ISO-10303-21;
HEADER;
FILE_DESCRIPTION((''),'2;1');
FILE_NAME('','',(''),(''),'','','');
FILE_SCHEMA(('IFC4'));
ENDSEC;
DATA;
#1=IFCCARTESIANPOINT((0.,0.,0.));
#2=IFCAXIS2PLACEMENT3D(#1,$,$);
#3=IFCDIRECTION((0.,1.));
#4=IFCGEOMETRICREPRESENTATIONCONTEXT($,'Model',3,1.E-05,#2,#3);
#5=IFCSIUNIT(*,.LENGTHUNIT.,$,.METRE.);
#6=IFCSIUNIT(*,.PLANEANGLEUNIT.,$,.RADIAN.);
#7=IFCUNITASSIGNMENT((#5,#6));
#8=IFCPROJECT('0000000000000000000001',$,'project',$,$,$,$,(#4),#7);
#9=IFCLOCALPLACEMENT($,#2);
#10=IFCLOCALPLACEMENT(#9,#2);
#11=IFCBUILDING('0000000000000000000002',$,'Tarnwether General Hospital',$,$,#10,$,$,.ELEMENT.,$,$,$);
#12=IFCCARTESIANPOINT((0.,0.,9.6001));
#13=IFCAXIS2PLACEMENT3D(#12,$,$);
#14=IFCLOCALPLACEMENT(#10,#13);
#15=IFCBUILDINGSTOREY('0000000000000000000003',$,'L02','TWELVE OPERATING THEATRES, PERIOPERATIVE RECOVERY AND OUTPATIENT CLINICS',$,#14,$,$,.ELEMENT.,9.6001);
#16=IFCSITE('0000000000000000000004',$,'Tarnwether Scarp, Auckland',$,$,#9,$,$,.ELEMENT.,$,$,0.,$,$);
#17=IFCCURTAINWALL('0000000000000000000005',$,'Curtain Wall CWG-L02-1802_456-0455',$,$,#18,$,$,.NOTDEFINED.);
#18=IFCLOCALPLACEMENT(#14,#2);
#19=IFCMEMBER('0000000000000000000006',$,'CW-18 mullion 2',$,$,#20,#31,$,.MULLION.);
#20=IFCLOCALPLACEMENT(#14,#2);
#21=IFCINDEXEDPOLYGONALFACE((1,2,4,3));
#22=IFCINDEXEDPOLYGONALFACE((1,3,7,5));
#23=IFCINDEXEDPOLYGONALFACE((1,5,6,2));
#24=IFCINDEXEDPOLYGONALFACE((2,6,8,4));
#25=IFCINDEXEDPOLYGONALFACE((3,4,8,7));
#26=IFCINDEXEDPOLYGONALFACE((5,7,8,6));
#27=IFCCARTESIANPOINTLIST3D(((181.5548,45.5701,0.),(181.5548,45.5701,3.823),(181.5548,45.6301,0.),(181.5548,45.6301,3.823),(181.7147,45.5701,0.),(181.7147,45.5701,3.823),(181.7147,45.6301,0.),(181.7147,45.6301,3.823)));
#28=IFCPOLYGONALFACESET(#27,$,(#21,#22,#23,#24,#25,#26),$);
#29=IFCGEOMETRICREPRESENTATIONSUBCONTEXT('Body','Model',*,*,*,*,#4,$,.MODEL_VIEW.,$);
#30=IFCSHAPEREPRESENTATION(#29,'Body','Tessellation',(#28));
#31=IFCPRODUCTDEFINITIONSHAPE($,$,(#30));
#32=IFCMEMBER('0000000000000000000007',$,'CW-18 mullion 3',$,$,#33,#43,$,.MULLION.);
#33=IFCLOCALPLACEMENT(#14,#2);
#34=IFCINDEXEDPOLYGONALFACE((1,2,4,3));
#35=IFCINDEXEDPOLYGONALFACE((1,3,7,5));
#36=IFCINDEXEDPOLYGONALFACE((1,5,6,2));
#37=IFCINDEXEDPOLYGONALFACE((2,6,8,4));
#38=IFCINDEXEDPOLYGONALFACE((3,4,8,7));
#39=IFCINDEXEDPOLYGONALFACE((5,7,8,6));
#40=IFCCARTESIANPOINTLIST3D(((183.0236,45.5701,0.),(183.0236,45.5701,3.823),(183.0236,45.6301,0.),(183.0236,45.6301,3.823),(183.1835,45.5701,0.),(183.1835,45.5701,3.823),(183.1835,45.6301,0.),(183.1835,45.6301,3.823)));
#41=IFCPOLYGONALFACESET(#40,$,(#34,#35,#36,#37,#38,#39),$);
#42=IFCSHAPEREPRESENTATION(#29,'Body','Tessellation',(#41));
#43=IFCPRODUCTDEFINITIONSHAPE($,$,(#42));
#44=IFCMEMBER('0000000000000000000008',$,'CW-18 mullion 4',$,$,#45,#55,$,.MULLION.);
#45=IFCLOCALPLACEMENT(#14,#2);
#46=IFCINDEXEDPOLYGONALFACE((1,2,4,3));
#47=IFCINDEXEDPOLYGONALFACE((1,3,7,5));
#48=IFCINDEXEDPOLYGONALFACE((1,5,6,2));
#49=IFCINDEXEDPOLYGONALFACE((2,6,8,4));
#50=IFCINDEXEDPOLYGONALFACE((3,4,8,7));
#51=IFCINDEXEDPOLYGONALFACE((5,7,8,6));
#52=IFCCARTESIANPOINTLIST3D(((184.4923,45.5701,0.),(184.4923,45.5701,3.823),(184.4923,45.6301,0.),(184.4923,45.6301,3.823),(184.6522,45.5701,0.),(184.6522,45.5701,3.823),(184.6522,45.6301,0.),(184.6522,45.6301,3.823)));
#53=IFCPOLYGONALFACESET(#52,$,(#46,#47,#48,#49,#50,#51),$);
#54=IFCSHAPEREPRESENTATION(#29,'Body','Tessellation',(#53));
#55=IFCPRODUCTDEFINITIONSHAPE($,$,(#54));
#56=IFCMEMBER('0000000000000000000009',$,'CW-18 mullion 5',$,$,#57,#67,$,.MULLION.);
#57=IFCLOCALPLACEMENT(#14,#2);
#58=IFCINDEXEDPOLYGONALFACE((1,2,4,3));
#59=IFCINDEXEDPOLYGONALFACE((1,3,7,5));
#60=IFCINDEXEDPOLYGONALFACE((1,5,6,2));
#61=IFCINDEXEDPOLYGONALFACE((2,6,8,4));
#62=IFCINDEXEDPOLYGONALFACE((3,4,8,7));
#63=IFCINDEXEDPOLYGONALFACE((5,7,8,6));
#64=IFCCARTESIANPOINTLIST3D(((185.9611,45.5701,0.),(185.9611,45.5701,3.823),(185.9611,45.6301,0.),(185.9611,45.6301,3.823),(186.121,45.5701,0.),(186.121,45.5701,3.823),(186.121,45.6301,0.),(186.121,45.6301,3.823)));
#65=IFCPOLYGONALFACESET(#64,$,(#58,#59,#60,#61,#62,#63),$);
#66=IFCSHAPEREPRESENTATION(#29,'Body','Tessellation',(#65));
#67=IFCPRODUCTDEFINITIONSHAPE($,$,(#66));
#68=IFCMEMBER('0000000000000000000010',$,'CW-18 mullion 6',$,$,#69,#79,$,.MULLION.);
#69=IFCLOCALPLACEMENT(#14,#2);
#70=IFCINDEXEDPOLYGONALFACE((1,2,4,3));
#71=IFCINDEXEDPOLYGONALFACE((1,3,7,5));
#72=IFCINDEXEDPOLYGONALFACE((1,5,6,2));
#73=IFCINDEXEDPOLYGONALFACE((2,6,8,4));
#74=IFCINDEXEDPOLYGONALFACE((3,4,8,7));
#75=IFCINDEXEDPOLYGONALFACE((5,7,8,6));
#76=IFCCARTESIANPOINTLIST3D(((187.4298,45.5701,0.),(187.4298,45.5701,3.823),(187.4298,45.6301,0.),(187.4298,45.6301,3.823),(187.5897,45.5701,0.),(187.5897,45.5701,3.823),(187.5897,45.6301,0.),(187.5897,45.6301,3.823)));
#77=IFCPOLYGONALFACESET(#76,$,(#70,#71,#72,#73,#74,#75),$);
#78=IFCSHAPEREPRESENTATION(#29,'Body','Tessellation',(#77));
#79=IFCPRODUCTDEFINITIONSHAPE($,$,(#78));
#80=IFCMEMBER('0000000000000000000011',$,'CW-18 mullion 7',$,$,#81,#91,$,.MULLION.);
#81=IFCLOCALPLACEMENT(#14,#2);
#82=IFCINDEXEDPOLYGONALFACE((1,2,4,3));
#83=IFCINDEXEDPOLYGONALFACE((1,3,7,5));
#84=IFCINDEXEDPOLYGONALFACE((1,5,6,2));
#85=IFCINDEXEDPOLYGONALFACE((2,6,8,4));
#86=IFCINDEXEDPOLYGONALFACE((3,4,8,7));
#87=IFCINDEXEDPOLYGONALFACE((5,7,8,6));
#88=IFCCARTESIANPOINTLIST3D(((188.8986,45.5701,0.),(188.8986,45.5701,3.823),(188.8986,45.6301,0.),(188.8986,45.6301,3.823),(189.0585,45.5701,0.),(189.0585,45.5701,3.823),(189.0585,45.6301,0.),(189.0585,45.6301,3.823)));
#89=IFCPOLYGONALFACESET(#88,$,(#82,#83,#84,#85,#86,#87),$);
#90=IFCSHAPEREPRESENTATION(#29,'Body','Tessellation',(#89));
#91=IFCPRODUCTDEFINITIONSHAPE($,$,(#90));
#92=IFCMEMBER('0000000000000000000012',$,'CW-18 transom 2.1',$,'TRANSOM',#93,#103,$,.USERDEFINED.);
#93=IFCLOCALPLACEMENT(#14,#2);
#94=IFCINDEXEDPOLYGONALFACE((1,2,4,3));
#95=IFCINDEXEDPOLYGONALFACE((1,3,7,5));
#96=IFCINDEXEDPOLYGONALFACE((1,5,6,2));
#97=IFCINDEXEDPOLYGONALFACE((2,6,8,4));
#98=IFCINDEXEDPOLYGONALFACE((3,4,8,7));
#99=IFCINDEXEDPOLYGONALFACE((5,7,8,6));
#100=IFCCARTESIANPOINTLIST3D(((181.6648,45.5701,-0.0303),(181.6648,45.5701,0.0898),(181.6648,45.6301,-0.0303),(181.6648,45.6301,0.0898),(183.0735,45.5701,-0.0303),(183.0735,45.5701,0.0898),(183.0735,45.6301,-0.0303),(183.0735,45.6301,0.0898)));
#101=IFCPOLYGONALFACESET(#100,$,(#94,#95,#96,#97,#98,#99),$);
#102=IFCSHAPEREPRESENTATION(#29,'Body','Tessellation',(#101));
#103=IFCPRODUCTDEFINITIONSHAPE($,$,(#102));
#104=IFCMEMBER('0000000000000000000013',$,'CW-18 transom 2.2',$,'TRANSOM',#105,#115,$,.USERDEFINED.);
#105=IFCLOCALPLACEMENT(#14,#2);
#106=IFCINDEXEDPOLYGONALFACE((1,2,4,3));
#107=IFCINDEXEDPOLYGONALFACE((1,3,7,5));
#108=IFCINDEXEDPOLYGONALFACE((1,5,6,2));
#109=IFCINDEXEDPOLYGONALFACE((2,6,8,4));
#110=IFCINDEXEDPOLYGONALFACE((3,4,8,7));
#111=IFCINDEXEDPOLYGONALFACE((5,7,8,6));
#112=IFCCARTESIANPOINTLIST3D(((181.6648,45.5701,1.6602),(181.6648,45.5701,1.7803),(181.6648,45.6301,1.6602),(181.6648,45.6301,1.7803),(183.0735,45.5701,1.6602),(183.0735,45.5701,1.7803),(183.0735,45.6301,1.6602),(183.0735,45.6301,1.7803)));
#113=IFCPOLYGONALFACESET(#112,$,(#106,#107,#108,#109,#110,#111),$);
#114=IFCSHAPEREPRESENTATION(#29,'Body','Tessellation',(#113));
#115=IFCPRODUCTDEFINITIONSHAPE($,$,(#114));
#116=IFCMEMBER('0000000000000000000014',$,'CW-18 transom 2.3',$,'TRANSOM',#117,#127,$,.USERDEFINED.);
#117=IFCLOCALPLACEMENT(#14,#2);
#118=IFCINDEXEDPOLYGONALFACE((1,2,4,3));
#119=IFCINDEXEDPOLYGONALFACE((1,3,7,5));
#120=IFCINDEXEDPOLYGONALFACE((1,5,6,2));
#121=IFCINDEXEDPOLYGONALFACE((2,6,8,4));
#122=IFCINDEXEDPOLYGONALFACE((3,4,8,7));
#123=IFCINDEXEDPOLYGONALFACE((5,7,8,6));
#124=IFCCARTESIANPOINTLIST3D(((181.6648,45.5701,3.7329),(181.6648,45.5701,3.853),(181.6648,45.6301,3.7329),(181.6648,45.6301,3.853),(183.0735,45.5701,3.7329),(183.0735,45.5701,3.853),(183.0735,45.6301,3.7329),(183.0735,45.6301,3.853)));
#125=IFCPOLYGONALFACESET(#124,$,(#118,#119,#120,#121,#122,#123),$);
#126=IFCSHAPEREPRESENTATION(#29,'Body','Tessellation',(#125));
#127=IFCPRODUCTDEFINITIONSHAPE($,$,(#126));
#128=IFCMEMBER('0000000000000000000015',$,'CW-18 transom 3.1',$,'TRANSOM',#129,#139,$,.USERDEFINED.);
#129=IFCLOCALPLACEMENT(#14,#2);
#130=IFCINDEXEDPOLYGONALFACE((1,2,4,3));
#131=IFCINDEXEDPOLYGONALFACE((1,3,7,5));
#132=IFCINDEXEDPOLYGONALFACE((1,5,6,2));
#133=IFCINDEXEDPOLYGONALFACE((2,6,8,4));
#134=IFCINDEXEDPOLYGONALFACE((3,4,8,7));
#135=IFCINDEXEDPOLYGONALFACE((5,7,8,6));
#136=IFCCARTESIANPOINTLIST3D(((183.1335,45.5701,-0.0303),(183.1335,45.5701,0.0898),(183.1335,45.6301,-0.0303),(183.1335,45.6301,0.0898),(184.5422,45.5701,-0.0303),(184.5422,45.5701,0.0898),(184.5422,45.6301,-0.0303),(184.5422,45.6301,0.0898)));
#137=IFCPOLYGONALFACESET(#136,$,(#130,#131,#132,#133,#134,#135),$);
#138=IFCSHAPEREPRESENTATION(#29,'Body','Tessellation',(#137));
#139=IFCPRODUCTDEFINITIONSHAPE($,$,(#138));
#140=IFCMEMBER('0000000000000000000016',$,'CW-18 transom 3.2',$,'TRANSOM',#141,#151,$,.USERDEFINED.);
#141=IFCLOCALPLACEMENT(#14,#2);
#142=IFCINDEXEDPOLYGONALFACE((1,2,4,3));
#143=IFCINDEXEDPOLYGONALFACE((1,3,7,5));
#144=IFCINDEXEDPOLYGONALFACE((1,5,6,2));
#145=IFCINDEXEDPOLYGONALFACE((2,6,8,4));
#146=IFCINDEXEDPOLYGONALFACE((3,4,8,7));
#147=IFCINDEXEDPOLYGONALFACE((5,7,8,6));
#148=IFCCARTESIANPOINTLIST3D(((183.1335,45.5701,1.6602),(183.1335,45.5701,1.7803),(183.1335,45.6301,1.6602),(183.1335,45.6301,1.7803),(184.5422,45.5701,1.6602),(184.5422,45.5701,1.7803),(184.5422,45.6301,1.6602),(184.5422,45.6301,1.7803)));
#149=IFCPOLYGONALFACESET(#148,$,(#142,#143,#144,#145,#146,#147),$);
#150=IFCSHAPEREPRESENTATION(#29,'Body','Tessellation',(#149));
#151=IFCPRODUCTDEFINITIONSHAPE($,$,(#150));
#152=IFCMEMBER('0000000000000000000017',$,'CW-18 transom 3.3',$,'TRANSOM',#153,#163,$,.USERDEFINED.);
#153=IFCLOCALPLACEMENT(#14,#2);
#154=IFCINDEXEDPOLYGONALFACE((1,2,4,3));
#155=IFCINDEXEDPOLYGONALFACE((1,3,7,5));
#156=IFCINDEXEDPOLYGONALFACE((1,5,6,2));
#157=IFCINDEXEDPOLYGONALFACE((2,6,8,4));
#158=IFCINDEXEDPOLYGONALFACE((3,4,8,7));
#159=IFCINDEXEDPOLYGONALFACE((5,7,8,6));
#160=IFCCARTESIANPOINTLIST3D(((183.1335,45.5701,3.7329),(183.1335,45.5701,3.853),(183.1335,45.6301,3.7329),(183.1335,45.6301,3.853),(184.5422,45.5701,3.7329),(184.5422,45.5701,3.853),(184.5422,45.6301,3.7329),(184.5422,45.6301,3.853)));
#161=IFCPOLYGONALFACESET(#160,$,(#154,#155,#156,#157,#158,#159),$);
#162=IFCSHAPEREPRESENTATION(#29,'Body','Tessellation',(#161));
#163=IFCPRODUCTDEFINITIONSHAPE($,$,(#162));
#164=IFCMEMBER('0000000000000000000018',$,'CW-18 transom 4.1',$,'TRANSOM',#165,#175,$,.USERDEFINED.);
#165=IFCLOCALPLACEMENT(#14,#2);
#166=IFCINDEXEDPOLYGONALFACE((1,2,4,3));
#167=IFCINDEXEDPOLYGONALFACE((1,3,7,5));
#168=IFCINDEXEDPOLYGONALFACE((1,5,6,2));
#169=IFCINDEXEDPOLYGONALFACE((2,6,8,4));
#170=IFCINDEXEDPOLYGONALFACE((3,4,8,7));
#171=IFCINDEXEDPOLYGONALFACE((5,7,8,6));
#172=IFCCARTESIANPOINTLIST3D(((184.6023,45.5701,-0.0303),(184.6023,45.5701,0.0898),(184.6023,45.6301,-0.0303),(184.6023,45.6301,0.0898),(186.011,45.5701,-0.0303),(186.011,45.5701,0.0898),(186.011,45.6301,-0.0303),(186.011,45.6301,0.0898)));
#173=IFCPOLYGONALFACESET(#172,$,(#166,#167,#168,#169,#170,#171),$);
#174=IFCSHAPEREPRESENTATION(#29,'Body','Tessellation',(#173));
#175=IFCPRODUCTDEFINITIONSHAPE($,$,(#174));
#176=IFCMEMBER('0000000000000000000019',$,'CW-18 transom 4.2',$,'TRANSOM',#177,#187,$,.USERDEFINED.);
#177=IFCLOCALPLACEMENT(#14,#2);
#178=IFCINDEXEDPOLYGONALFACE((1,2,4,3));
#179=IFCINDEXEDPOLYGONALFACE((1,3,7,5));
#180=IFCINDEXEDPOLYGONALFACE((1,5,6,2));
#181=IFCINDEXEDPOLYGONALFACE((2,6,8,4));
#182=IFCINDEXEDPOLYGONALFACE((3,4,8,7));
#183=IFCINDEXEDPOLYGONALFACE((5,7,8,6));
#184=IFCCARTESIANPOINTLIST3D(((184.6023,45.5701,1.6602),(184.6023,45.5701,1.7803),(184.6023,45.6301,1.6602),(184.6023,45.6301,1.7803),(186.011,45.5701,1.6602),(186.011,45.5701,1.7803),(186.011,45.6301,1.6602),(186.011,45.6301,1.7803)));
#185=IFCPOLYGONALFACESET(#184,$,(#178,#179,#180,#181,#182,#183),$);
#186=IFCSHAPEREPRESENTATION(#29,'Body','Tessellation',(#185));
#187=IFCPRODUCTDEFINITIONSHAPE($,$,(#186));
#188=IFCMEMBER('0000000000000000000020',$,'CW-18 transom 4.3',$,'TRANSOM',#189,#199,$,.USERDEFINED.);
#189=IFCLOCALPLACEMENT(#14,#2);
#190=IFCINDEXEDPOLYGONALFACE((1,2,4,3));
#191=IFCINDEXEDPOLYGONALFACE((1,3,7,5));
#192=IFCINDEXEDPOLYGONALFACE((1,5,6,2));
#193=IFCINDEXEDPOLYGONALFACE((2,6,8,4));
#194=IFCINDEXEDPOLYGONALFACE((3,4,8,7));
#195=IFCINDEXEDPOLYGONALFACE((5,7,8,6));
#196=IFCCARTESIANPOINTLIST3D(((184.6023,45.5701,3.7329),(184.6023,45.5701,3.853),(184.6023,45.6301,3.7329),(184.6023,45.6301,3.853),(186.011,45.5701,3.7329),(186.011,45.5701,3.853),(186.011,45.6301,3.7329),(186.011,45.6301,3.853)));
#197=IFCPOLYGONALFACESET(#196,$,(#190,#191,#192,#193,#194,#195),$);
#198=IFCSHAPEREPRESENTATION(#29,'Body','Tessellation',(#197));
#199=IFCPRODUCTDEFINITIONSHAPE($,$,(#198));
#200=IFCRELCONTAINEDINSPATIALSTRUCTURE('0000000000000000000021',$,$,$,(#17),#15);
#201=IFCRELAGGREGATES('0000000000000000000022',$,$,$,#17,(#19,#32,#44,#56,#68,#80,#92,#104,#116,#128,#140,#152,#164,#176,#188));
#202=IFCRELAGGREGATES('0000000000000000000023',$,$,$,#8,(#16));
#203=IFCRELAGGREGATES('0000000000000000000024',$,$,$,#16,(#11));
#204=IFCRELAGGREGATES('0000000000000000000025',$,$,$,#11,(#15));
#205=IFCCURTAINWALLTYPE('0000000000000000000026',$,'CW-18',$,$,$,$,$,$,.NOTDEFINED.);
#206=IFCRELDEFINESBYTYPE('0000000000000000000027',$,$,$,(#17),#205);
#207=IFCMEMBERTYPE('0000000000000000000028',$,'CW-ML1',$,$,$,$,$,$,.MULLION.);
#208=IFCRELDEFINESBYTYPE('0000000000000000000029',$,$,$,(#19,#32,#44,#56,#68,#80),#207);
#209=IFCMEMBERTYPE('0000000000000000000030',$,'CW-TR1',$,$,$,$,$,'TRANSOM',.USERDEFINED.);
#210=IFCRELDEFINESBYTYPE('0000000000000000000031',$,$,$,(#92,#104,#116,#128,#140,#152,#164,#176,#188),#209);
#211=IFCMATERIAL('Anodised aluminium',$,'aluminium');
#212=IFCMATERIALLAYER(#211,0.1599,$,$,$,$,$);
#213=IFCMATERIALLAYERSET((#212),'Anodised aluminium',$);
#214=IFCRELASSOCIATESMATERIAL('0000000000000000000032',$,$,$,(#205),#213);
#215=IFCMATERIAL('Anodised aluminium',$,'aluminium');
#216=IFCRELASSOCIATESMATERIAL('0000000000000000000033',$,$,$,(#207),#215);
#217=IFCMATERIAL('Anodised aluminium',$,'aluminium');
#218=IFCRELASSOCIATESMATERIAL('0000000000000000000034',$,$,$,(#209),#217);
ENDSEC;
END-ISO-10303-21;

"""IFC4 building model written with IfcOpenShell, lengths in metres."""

from ifc_helpers import new_model, si_unit, direction, frame, origin, origin_2d, place, context, subcontext, project, spatial, rectangle, extrude, material, layer, layer_set, material_profile, profile_set, type_object, element, aggregate, save


model = new_model("IFC4")

# Units and contexts
model_context = context("Model", 3, precision=1e-05, world=origin(), true_north=direction((0.0, 1.0)))
body_context = subcontext(model_context, "Body", "Model", "MODEL_VIEW")
ifc_project = project(units=[si_unit("LENGTHUNIT", "METRE"), si_unit("PLANEANGLEUNIT", "RADIAN")], contexts=[model_context])

# Site, building, storey
site_placement = place(None, origin())
site = spatial("IfcSite", under=ifc_project, at=site_placement, Name="Tarnwether Scarp, Auckland", CompositionType="ELEMENT", RefElevation=0.0)
building_placement = place(site_placement, origin())
building = spatial("IfcBuilding", under=site, at=building_placement, Name="Tarnwether General Hospital", CompositionType="ELEMENT")
storey_placement = place(building_placement, frame((0.0, 0.0, 9.6001)))
storey = spatial("IfcBuildingStorey", under=building, at=storey_placement, Name="L02", Description="TWELVE OPERATING THEATRES, PERIOPERATIVE RECOVERY AND OUTPATIENT CLINICS", CompositionType="ELEMENT", Elevation=9.6001)

# Curtain wall, members
ifc_material_1 = material(Name="Anodised aluminium", Category="aluminium")
ifc_layer_1 = layer(ifc_material_1, 0.1599)
ifc_layer_set_1 = layer_set([ifc_layer_1], Name="Anodised aluminium")
curtain_wall_type = type_object("IfcCurtainWallType", Name="CW-18", PredefinedType="NOTDEFINED", material=ifc_layer_set_1)
curtain_wall_placement = place(storey_placement, origin())
curtain_wall = element("IfcCurtainWall", 1, at=curtain_wall_placement, inside=storey, type_object=curtain_wall_type, Name="Curtain Wall CWG-L02-1802_456-0455", PredefinedType="NOTDEFINED")
ifc_material_2 = material(Name="Anodised aluminium", Category="aluminium")
ifc_material_profile_1 = material_profile(ifc_material_2, rectangle(XDim=0.0601, YDim=0.1599, at=origin_2d()), Name="ALU-MUL-60x160")
ifc_profile_set_1 = profile_set([ifc_material_profile_1], Name="Anodised aluminium")
member_type_1 = type_object("IfcMemberType", Name="CW-ML1", PredefinedType="MULLION", material=ifc_profile_set_1)
member_1_placement = place(storey_placement, frame((181.6348, 45.6001, 0.0), z_axis=(0.0, 0.0, 1.0), x_axis=(0.0, 1.0, 0.0)))
member_1 = element("IfcMember", 2, at=member_1_placement, type_object=member_type_1, Name="CW-18 mullion 2", PredefinedType="MULLION", context=body_context, shape_type="SweptSolid", body=[
    extrude(rectangle(XDim=0.0601, YDim=0.1599, at=origin_2d()), origin(), (0.0, 0.0, 1.0), 3.823),
])
member_2_placement = place(storey_placement, frame((183.1035, 45.6001, 0.0), z_axis=(0.0, 0.0, 1.0), x_axis=(0.0, 1.0, 0.0)))
member_2 = element("IfcMember", 3, at=member_2_placement, type_object=member_type_1, Name="CW-18 mullion 3", PredefinedType="MULLION", context=body_context, shape_type="SweptSolid", body=[
    extrude(rectangle(XDim=0.0601, YDim=0.1599, at=origin_2d()), origin(), (0.0, 0.0, 1.0), 3.823),
])
member_3_placement = place(storey_placement, frame((184.5723, 45.6001, 0.0), z_axis=(0.0, 0.0, 1.0), x_axis=(0.0, 1.0, 0.0)))
member_3 = element("IfcMember", 4, at=member_3_placement, type_object=member_type_1, Name="CW-18 mullion 4", PredefinedType="MULLION", context=body_context, shape_type="SweptSolid", body=[
    extrude(rectangle(XDim=0.0601, YDim=0.1599, at=origin_2d()), origin(), (0.0, 0.0, 1.0), 3.823),
])
member_4_placement = place(storey_placement, frame((186.041, 45.6001, 0.0), z_axis=(0.0, 0.0, 1.0), x_axis=(0.0, 1.0, 0.0)))
member_4 = element("IfcMember", 5, at=member_4_placement, type_object=member_type_1, Name="CW-18 mullion 5", PredefinedType="MULLION", context=body_context, shape_type="SweptSolid", body=[
    extrude(rectangle(XDim=0.0601, YDim=0.1599, at=origin_2d()), origin(), (0.0, 0.0, 1.0), 3.823),
])
member_5_placement = place(storey_placement, frame((187.5098, 45.6001, 0.0), z_axis=(0.0, 0.0, 1.0), x_axis=(0.0, 1.0, 0.0)))
member_5 = element("IfcMember", 6, at=member_5_placement, type_object=member_type_1, Name="CW-18 mullion 6", PredefinedType="MULLION", context=body_context, shape_type="SweptSolid", body=[
    extrude(rectangle(XDim=0.0601, YDim=0.1599, at=origin_2d()), origin(), (0.0, 0.0, 1.0), 3.823),
])
member_6_placement = place(storey_placement, frame((188.9785, 45.6001, 0.0), z_axis=(0.0, 0.0, 1.0), x_axis=(0.0, 1.0, 0.0)))
member_6 = element("IfcMember", 7, at=member_6_placement, type_object=member_type_1, Name="CW-18 mullion 7", PredefinedType="MULLION", context=body_context, shape_type="SweptSolid", body=[
    extrude(rectangle(XDim=0.0601, YDim=0.1599, at=origin_2d()), origin(), (0.0, 0.0, 1.0), 3.823),
])
ifc_material_3 = material(Name="Anodised aluminium", Category="aluminium")
ifc_material_profile_2 = material_profile(ifc_material_3, rectangle(XDim=0.0601, YDim=0.1201, at=origin_2d()), Name="ALU-TRN-60x120")
ifc_profile_set_2 = profile_set([ifc_material_profile_2], Name="Anodised aluminium")
member_type_2 = type_object("IfcMemberType", Name="CW-TR1", ElementType="TRANSOM", PredefinedType="USERDEFINED", material=ifc_profile_set_2)
member_7_placement = place(storey_placement, frame((181.6648, 45.6001, 0.0298), z_axis=(1.0, 0.0, 0.0), x_axis=(0.0, 1.0, 0.0)))
member_7 = element("IfcMember", 8, at=member_7_placement, type_object=member_type_2, Name="CW-18 transom 2.1", ObjectType="TRANSOM", PredefinedType="USERDEFINED", context=body_context, shape_type="SweptSolid", body=[
    extrude(rectangle(XDim=0.0601, YDim=0.1201, at=origin_2d()), origin(), (0.0, 0.0, 1.0), 1.4087),
])
member_8_placement = place(storey_placement, frame((181.6648, 45.6001, 1.7202), z_axis=(1.0, 0.0, 0.0), x_axis=(0.0, 1.0, 0.0)))
member_8 = element("IfcMember", 9, at=member_8_placement, type_object=member_type_2, Name="CW-18 transom 2.2", ObjectType="TRANSOM", PredefinedType="USERDEFINED", context=body_context, shape_type="SweptSolid", body=[
    extrude(rectangle(XDim=0.0601, YDim=0.1201, at=origin_2d()), origin(), (0.0, 0.0, 1.0), 1.4087),
])
member_9_placement = place(storey_placement, frame((181.6648, 45.6001, 3.793), z_axis=(1.0, 0.0, 0.0), x_axis=(0.0, 1.0, 0.0)))
member_9 = element("IfcMember", 10, at=member_9_placement, type_object=member_type_2, Name="CW-18 transom 2.3", ObjectType="TRANSOM", PredefinedType="USERDEFINED", context=body_context, shape_type="SweptSolid", body=[
    extrude(rectangle(XDim=0.0601, YDim=0.1201, at=origin_2d()), origin(), (0.0, 0.0, 1.0), 1.4087),
])
member_10_placement = place(storey_placement, frame((183.1335, 45.6001, 0.0298), z_axis=(1.0, 0.0, 0.0), x_axis=(0.0, 1.0, 0.0)))
member_10 = element("IfcMember", 11, at=member_10_placement, type_object=member_type_2, Name="CW-18 transom 3.1", ObjectType="TRANSOM", PredefinedType="USERDEFINED", context=body_context, shape_type="SweptSolid", body=[
    extrude(rectangle(XDim=0.0601, YDim=0.1201, at=origin_2d()), origin(), (0.0, 0.0, 1.0), 1.4087),
])
member_11_placement = place(storey_placement, frame((183.1335, 45.6001, 1.7202), z_axis=(1.0, 0.0, 0.0), x_axis=(0.0, 1.0, 0.0)))
member_11 = element("IfcMember", 12, at=member_11_placement, type_object=member_type_2, Name="CW-18 transom 3.2", ObjectType="TRANSOM", PredefinedType="USERDEFINED", context=body_context, shape_type="SweptSolid", body=[
    extrude(rectangle(XDim=0.0601, YDim=0.1201, at=origin_2d()), origin(), (0.0, 0.0, 1.0), 1.4087),
])
member_12_placement = place(storey_placement, frame((183.1335, 45.6001, 3.793), z_axis=(1.0, 0.0, 0.0), x_axis=(0.0, 1.0, 0.0)))
member_12 = element("IfcMember", 13, at=member_12_placement, type_object=member_type_2, Name="CW-18 transom 3.3", ObjectType="TRANSOM", PredefinedType="USERDEFINED", context=body_context, shape_type="SweptSolid", body=[
    extrude(rectangle(XDim=0.0601, YDim=0.1201, at=origin_2d()), origin(), (0.0, 0.0, 1.0), 1.4087),
])
member_13_placement = place(storey_placement, frame((184.6023, 45.6001, 0.0298), z_axis=(1.0, 0.0, 0.0), x_axis=(0.0, 1.0, 0.0)))
member_13 = element("IfcMember", 14, at=member_13_placement, type_object=member_type_2, Name="CW-18 transom 4.1", ObjectType="TRANSOM", PredefinedType="USERDEFINED", context=body_context, shape_type="SweptSolid", body=[
    extrude(rectangle(XDim=0.0601, YDim=0.1201, at=origin_2d()), origin(), (0.0, 0.0, 1.0), 1.4087),
])
member_14_placement = place(storey_placement, frame((184.6023, 45.6001, 1.7202), z_axis=(1.0, 0.0, 0.0), x_axis=(0.0, 1.0, 0.0)))
member_14 = element("IfcMember", 15, at=member_14_placement, type_object=member_type_2, Name="CW-18 transom 4.2", ObjectType="TRANSOM", PredefinedType="USERDEFINED", context=body_context, shape_type="SweptSolid", body=[
    extrude(rectangle(XDim=0.0601, YDim=0.1201, at=origin_2d()), origin(), (0.0, 0.0, 1.0), 1.4087),
])
member_15_placement = place(storey_placement, frame((184.6023, 45.6001, 3.793), z_axis=(1.0, 0.0, 0.0), x_axis=(0.0, 1.0, 0.0)))
member_15 = element("IfcMember", 16, at=member_15_placement, type_object=member_type_2, Name="CW-18 transom 4.3", ObjectType="TRANSOM", PredefinedType="USERDEFINED", context=body_context, shape_type="SweptSolid", body=[
    extrude(rectangle(XDim=0.0601, YDim=0.1201, at=origin_2d()), origin(), (0.0, 0.0, 1.0), 1.4087),
])
aggregate(curtain_wall, [member_1, member_2, member_3, member_4, member_5, member_6, member_7, member_8, member_9, member_10, member_11, member_12, member_13, member_14, member_15])

save(model, "model.ifc")
